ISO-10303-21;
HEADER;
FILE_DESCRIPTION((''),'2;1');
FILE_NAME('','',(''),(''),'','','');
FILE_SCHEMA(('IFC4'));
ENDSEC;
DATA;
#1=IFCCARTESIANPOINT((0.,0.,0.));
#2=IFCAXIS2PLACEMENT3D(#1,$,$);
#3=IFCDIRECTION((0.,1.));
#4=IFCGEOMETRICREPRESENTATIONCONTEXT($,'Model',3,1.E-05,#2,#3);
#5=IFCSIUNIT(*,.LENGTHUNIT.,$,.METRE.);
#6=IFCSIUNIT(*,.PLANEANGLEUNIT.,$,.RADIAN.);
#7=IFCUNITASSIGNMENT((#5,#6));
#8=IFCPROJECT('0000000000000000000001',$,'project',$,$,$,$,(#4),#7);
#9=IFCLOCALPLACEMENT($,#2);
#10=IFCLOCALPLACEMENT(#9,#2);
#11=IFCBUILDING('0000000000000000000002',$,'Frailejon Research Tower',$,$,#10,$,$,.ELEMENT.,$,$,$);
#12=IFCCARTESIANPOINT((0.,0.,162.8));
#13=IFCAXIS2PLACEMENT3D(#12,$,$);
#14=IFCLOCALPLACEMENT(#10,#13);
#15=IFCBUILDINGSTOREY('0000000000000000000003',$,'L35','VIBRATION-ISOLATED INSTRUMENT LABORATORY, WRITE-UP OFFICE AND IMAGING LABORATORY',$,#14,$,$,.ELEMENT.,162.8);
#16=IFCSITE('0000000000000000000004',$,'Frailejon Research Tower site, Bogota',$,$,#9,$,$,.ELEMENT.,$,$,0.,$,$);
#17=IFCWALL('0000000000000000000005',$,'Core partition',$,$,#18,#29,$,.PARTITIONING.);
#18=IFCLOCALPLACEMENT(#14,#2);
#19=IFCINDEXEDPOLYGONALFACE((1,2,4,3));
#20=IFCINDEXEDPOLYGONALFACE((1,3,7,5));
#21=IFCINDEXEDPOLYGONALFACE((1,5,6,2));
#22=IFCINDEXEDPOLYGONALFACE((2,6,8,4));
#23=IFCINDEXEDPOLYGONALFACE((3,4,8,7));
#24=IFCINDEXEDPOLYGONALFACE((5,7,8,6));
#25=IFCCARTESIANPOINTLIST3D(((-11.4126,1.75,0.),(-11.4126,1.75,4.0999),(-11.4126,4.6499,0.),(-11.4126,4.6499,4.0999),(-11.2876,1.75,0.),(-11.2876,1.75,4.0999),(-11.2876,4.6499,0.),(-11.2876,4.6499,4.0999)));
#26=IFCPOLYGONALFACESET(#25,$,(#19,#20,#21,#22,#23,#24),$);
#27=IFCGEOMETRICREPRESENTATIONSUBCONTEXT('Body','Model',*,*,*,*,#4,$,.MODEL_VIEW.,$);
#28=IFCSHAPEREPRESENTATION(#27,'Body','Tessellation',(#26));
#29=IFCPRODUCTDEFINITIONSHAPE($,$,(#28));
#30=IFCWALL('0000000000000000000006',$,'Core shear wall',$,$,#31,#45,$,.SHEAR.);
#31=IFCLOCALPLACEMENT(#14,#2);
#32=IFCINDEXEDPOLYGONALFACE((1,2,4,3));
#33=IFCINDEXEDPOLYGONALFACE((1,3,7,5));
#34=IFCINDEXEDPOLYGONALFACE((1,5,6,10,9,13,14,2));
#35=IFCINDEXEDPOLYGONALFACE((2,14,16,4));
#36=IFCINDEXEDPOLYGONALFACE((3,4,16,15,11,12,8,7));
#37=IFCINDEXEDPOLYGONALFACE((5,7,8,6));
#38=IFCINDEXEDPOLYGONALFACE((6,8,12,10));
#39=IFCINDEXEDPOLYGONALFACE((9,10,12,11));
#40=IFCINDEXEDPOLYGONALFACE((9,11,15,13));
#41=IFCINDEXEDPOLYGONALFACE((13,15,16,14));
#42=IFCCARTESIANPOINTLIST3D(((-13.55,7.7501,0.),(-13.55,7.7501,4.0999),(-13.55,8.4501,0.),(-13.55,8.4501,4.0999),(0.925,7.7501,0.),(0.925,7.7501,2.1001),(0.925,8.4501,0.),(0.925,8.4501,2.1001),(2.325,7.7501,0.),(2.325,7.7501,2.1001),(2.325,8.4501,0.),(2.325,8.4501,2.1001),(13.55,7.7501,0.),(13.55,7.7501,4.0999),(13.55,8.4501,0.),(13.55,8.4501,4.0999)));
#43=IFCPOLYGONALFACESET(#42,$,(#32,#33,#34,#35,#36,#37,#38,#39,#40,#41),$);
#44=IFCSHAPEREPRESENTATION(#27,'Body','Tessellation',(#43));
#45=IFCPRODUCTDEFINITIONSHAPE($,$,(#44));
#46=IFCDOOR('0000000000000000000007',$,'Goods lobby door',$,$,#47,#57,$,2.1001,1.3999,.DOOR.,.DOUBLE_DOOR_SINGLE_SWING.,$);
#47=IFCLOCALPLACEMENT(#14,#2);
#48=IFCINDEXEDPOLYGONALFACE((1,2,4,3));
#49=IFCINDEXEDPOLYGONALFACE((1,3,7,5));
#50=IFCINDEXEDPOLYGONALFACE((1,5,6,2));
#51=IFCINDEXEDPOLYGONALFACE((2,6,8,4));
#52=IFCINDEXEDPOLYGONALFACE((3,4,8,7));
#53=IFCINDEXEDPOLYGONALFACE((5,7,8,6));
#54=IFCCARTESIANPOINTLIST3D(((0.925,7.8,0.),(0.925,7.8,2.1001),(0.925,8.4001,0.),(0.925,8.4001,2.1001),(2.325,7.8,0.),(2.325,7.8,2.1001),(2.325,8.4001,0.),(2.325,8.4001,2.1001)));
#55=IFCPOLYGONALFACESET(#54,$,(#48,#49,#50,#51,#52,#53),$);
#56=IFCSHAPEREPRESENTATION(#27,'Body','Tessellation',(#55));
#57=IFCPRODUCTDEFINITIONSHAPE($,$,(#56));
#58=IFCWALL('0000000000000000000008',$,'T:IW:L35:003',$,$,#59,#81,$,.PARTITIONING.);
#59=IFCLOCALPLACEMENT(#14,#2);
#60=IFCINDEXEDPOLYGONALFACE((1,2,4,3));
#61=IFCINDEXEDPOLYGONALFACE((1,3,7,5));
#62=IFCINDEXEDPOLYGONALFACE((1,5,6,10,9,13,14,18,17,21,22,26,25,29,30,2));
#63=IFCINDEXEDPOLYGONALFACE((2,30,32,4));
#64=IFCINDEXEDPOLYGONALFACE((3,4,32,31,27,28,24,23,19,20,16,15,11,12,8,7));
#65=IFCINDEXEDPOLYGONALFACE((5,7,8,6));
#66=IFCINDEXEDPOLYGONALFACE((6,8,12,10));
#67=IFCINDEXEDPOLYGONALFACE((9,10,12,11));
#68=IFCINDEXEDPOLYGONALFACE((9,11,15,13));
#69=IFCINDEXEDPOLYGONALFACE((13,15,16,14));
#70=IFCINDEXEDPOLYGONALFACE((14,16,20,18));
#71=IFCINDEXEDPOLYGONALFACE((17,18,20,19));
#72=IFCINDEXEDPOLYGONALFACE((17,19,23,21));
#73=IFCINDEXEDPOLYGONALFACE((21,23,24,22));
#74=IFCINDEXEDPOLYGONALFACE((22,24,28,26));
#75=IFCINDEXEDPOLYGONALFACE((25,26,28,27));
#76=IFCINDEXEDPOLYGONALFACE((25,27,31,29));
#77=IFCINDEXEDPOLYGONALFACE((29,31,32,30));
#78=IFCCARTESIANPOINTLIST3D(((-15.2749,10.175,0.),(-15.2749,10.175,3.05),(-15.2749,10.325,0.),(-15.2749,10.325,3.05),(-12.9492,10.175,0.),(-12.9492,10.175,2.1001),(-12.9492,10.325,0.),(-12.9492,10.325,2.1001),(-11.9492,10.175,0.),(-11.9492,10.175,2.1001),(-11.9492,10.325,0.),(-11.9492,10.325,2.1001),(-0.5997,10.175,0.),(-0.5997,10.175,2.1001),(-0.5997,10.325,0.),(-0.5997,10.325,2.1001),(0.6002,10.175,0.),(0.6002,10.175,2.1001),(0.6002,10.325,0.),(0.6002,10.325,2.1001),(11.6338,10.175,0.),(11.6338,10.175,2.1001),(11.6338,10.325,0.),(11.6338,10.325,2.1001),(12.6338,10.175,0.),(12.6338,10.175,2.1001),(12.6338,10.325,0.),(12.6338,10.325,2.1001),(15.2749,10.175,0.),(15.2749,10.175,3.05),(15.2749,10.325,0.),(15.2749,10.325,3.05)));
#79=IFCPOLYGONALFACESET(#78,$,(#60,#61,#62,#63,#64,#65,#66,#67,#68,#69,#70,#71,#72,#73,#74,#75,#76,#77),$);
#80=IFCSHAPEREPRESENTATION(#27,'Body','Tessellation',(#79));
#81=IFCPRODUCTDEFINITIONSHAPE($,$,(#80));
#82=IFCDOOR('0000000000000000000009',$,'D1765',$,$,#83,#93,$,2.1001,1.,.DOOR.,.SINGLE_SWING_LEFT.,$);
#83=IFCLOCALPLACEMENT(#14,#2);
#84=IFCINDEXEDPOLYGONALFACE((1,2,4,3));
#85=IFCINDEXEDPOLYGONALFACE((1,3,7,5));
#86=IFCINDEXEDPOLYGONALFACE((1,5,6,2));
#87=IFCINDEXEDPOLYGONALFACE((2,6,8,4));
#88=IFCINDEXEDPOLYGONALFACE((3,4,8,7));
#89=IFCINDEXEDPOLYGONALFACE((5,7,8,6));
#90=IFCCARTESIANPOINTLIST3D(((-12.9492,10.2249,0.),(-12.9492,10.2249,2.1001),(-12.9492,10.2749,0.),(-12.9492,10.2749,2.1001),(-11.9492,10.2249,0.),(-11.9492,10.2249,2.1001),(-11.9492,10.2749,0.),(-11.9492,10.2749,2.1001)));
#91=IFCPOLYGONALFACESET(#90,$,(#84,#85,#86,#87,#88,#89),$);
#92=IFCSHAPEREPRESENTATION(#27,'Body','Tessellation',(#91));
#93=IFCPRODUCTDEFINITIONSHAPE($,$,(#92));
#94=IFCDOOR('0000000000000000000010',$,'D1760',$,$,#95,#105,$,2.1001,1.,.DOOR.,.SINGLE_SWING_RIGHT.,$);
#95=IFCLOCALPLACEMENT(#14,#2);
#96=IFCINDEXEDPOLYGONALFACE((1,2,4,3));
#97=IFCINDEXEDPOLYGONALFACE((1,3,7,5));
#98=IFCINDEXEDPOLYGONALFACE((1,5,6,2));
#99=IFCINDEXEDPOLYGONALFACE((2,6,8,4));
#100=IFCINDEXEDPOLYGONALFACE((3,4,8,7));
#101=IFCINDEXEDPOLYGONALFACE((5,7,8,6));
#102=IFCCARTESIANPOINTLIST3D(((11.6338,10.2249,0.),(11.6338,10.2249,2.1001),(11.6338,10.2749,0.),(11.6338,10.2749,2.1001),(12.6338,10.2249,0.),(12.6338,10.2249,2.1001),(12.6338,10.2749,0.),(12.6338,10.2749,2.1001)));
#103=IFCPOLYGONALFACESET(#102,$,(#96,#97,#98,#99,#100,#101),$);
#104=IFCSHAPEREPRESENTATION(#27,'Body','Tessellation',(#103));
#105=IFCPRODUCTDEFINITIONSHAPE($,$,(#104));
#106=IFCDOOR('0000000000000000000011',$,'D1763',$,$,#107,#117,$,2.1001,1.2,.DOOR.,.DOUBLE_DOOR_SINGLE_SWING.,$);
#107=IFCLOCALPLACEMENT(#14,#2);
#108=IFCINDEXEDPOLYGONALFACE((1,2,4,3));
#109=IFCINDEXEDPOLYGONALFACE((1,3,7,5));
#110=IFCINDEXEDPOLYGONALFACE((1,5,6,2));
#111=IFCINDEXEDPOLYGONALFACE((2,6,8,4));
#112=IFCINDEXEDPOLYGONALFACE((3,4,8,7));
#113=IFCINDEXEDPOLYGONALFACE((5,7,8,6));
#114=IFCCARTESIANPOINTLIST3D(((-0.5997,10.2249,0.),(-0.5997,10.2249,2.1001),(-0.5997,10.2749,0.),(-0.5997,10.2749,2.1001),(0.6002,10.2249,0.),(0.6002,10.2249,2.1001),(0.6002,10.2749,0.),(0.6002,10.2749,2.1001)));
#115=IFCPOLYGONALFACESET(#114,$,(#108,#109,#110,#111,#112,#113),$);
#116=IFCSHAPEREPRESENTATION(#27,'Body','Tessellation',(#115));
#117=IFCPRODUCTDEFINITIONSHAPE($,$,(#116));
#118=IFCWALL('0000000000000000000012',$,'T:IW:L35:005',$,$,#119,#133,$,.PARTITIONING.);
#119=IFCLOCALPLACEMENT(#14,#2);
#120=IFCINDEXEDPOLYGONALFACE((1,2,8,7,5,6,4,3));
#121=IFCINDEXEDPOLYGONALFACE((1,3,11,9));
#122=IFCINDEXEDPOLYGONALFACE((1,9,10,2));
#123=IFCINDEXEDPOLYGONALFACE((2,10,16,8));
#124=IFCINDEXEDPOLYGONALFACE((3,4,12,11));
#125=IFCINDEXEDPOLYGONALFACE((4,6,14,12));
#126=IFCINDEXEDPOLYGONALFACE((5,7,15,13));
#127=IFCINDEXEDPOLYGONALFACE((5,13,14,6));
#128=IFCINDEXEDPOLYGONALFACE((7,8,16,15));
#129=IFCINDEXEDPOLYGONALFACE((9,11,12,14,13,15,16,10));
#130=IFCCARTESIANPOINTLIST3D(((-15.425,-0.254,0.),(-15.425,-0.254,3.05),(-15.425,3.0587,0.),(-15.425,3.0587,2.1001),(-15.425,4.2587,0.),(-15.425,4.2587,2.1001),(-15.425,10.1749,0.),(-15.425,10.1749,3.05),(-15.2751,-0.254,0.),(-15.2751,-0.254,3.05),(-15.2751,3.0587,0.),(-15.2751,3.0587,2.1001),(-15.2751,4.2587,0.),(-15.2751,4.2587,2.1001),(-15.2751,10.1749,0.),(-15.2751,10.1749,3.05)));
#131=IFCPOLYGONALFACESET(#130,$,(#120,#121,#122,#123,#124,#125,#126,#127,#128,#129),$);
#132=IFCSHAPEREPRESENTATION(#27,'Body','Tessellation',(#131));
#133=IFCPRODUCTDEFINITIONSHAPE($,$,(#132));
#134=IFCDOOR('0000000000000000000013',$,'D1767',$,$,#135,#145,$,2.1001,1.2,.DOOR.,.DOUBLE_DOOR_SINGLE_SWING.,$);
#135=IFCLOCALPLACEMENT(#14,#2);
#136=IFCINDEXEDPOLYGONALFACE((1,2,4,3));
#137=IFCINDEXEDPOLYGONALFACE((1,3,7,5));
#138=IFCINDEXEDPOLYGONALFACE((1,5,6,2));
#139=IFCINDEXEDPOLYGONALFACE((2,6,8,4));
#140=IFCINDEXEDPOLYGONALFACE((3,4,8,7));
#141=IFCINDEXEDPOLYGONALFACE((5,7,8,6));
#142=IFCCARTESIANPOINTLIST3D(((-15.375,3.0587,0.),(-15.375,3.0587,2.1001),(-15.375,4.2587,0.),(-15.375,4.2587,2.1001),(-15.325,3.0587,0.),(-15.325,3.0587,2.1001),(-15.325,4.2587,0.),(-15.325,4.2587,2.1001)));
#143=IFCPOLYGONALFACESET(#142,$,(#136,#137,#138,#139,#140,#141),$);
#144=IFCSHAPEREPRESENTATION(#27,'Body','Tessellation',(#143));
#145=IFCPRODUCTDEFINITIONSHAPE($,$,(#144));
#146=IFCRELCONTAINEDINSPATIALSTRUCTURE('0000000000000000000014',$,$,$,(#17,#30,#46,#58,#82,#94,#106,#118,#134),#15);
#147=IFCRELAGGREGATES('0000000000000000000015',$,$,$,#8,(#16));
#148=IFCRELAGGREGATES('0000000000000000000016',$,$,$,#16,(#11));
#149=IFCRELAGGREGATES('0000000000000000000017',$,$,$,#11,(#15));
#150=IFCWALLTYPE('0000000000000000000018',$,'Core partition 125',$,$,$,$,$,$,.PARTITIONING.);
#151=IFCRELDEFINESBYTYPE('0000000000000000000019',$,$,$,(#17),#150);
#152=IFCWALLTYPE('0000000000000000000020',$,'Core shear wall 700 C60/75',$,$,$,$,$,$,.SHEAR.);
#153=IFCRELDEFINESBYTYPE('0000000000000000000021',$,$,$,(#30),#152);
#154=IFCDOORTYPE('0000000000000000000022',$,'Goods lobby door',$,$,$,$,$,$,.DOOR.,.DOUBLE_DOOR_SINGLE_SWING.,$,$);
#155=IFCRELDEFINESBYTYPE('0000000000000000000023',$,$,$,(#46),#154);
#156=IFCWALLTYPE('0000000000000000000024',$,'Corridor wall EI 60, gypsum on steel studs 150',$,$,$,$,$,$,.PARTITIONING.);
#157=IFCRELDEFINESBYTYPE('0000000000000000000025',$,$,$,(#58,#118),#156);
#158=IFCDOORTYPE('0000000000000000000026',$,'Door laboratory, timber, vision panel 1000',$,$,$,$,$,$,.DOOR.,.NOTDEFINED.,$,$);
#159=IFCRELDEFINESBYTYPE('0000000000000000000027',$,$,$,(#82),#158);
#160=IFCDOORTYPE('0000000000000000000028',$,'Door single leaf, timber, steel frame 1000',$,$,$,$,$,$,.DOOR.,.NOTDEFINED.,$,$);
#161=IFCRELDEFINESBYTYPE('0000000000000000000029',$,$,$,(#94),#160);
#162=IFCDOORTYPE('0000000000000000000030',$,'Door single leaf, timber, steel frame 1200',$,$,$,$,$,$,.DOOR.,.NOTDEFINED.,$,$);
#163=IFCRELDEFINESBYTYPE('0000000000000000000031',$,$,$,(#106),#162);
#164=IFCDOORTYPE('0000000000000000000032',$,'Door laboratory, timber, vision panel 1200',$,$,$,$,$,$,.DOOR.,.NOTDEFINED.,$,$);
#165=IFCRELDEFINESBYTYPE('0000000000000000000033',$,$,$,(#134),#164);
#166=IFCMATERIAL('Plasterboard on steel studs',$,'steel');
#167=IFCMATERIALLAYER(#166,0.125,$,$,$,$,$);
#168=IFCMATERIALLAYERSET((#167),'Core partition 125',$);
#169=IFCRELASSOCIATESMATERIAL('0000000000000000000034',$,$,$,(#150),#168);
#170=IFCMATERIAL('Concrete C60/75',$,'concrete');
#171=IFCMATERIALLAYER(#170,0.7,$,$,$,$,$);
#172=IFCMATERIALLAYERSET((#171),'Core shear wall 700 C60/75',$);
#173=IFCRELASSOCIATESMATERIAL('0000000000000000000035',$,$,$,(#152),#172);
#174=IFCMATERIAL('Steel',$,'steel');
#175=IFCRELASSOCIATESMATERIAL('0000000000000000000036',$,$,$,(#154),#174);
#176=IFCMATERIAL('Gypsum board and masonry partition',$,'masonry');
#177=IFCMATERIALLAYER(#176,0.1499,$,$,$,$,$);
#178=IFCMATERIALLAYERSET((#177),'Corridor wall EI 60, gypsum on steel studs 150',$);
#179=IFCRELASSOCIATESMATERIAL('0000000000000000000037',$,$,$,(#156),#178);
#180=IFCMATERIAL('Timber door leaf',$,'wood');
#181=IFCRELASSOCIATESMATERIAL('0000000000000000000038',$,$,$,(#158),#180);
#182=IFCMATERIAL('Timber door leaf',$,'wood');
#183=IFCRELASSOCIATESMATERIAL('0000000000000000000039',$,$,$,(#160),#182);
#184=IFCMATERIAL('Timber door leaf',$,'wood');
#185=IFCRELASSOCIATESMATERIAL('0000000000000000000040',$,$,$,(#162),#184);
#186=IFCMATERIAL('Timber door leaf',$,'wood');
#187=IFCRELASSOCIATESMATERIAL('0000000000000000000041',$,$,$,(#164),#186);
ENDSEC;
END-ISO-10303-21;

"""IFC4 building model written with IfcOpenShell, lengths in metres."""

from ifc_helpers import new_model, si_unit, direction, frame, frame_2d, origin, place, context, subcontext, project, spatial, rectangle, extrude, material, layer, layer_set, type_object, element, fill, save


model = new_model("IFC4")

# Units and contexts
model_context = context("Model", 3, precision=1e-05, world=origin(), true_north=direction((0.0, 1.0)))
body_context = subcontext(model_context, "Body", "Model", "MODEL_VIEW")
ifc_project = project(units=[si_unit("LENGTHUNIT", "METRE"), si_unit("PLANEANGLEUNIT", "RADIAN")], contexts=[model_context])

# Site, building, storey
site_placement = place(None, origin())
site = spatial("IfcSite", under=ifc_project, at=site_placement, Name="Frailejon Research Tower site, Bogota", CompositionType="ELEMENT", RefElevation=0.0)
building_placement = place(site_placement, origin())
building = spatial("IfcBuilding", under=site, at=building_placement, Name="Frailejon Research Tower", CompositionType="ELEMENT")
storey_placement = place(building_placement, frame((0.0, 0.0, 162.8)))
storey = spatial("IfcBuildingStorey", under=building, at=storey_placement, Name="L35", Description="VIBRATION-ISOLATED INSTRUMENT LABORATORY, WRITE-UP OFFICE AND IMAGING LABORATORY", CompositionType="ELEMENT", Elevation=162.8)

# Wall
ifc_material_1 = material(Name="Plasterboard on steel studs", Category="steel")
ifc_layer_1 = layer(ifc_material_1, 0.125)
ifc_layer_set_1 = layer_set([ifc_layer_1], Name="Core partition 125")
wall_type_1 = type_object("IfcWallType", Name="Core partition 125", PredefinedType="PARTITIONING", material=ifc_layer_set_1)
wall_1_placement = place(storey_placement, frame((-11.3501, 1.75, 0.0), z_axis=(0.0, 0.0, 1.0), x_axis=(0.0, 1.0, 0.0)))
element("IfcWall", 1, at=wall_1_placement, inside=storey, type_object=wall_type_1, Name="Core partition", PredefinedType="PARTITIONING", context=body_context, shape_type="SweptSolid", body=[
    extrude(rectangle(XDim=2.8999, YDim=0.125, at=frame_2d((1.45, 0.0))), origin(), (0.0, 0.0, 1.0), 4.0999),
])

# Wall, opening, door
ifc_material_2 = material(Name="Concrete C60/75", Category="concrete")
ifc_layer_2 = layer(ifc_material_2, 0.7)
ifc_layer_set_2 = layer_set([ifc_layer_2], Name="Core shear wall 700 C60/75")
wall_type_2 = type_object("IfcWallType", Name="Core shear wall 700 C60/75", PredefinedType="SHEAR", material=ifc_layer_set_2)
wall_2_placement = place(storey_placement, frame((-13.55, 8.1001, 0.0), z_axis=(0.0, 0.0, 1.0), x_axis=(1.0, 0.0, 0.0)))
wall_2 = element("IfcWall", 2, at=wall_2_placement, inside=storey, type_object=wall_type_2, Name="Core shear wall", PredefinedType="SHEAR", context=body_context, shape_type="SweptSolid", body=[
    extrude(rectangle(XDim=27.1001, YDim=0.7, at=frame_2d((13.55, 0.0))), origin(), (0.0, 0.0, 1.0), 4.0999),
])
opening_1_placement = place(wall_2_placement, frame((14.4751, 0.0, 0.0)))
opening_1 = element("IfcOpeningElement", 3, at=opening_1_placement, cuts=wall_2, PredefinedType="OPENING", context=body_context, shape_type="SweptSolid", body=[
    extrude(rectangle(XDim=1.3999, YDim=2.1001, at=frame_2d((0.7, 1.05))), frame((0.0, 0.3599, 0.0), z_axis=(0.0, -1.0, 0.0), x_axis=(1.0, 0.0, 0.0)), (0.0, 0.0, 1.0), 0.72),
])
ifc_material_3 = material(Name="Steel", Category="steel")
door_type_1 = type_object("IfcDoorType", Name="Goods lobby door", OperationType="DOUBLE_DOOR_SINGLE_SWING", PredefinedType="DOOR", material=ifc_material_3)
door_1_placement = place(opening_1_placement, origin())
door_1 = element("IfcDoor", 4, at=door_1_placement, inside=storey, type_object=door_type_1, Name="Goods lobby door", OperationType="DOUBLE_DOOR_SINGLE_SWING", OverallHeight=2.1001, OverallWidth=1.3999, PredefinedType="DOOR", context=body_context, shape_type="SweptSolid", body=[
    extrude(rectangle(XDim=1.3999, YDim=2.1001, at=frame_2d((0.7, 1.05))), frame((0.0, 0.3, 0.0), z_axis=(0.0, -1.0, 0.0), x_axis=(1.0, 0.0, 0.0)), (0.0, 0.0, 1.0), 0.6001),
])
fill(opening_1, door_1)

# Wall, openings, doors
ifc_material_4 = material(Name="Gypsum board and masonry partition", Category="masonry")
ifc_layer_3 = layer(ifc_material_4, 0.1499)
ifc_layer_set_3 = layer_set([ifc_layer_3], Name="Corridor wall EI 60, gypsum on steel studs 150")
wall_type_3 = type_object("IfcWallType", Name="Corridor wall EI 60, gypsum on steel studs 150", PredefinedType="PARTITIONING", material=ifc_layer_set_3)
wall_3_placement = place(storey_placement, frame((-15.2749, 10.25, 0.0), z_axis=(0.0, 0.0, 1.0), x_axis=(1.0, 0.0, 0.0)))
wall_3 = element("IfcWall", 5, at=wall_3_placement, inside=storey, type_object=wall_type_3, Name="T:IW:L35:003", PredefinedType="PARTITIONING", context=body_context, shape_type="SweptSolid", body=[
    extrude(rectangle(XDim=30.5498, YDim=0.1499, at=frame_2d((15.2749, 0.0))), origin(), (0.0, 0.0, 1.0), 3.05),
])
opening_2_placement = place(wall_3_placement, frame((26.9087, 0.0, 0.0)))
opening_2 = element("IfcOpeningElement", 6, at=opening_2_placement, cuts=wall_3, PredefinedType="OPENING", context=body_context, shape_type="SweptSolid", body=[
    extrude(rectangle(XDim=1.0, YDim=2.1001, at=frame_2d((0.5, 1.05))), frame((0.0, 0.085, 0.0), z_axis=(0.0, -1.0, 0.0), x_axis=(1.0, 0.0, 0.0)), (0.0, 0.0, 1.0), 0.1699),
])
opening_3_placement = place(wall_3_placement, frame((14.675, 0.0, 0.0)))
opening_3 = element("IfcOpeningElement", 7, at=opening_3_placement, cuts=wall_3, PredefinedType="OPENING", context=body_context, shape_type="SweptSolid", body=[
    extrude(rectangle(XDim=1.2, YDim=2.1001, at=frame_2d((0.6001, 1.05))), frame((0.0, 0.085, 0.0), z_axis=(0.0, -1.0, 0.0), x_axis=(1.0, 0.0, 0.0)), (0.0, 0.0, 1.0), 0.1699),
])
opening_4_placement = place(wall_3_placement, frame((2.3257, 0.0, 0.0)))
opening_4 = element("IfcOpeningElement", 8, at=opening_4_placement, cuts=wall_3, PredefinedType="OPENING", context=body_context, shape_type="SweptSolid", body=[
    extrude(rectangle(XDim=1.0, YDim=2.1001, at=frame_2d((0.5, 1.05))), frame((0.0, 0.085, 0.0), z_axis=(0.0, -1.0, 0.0), x_axis=(1.0, 0.0, 0.0)), (0.0, 0.0, 1.0), 0.1699),
])
ifc_material_5 = material(Name="Timber door leaf", Category="wood")
door_type_2 = type_object("IfcDoorType", Name="Door laboratory, timber, vision panel 1000", OperationType="NOTDEFINED", PredefinedType="DOOR", material=ifc_material_5)
door_2_placement = place(opening_4_placement, origin())
door_2 = element("IfcDoor", 9, at=door_2_placement, inside=storey, type_object=door_type_2, Name="D1765", OperationType="SINGLE_SWING_LEFT", OverallHeight=2.1001, OverallWidth=1.0, PredefinedType="DOOR", context=body_context, shape_type="SweptSolid", body=[
    extrude(rectangle(XDim=1.0, YDim=2.1001, at=frame_2d((0.5, 1.05))), frame((0.0, 0.0249, 0.0), z_axis=(0.0, -1.0, 0.0), x_axis=(1.0, 0.0, 0.0)), (0.0, 0.0, 1.0), 0.05),
])
fill(opening_4, door_2)
ifc_material_6 = material(Name="Timber door leaf", Category="wood")
door_type_3 = type_object("IfcDoorType", Name="Door single leaf, timber, steel frame 1000", OperationType="NOTDEFINED", PredefinedType="DOOR", material=ifc_material_6)
door_3_placement = place(opening_2_placement, origin())
door_3 = element("IfcDoor", 10, at=door_3_placement, inside=storey, type_object=door_type_3, Name="D1760", OperationType="SINGLE_SWING_RIGHT", OverallHeight=2.1001, OverallWidth=1.0, PredefinedType="DOOR", context=body_context, shape_type="SweptSolid", body=[
    extrude(rectangle(XDim=1.0, YDim=2.1001, at=frame_2d((0.5, 1.05))), frame((0.0, 0.0249, 0.0), z_axis=(0.0, -1.0, 0.0), x_axis=(1.0, 0.0, 0.0)), (0.0, 0.0, 1.0), 0.05),
])
fill(opening_2, door_3)
ifc_material_7 = material(Name="Timber door leaf", Category="wood")
door_type_4 = type_object("IfcDoorType", Name="Door single leaf, timber, steel frame 1200", OperationType="NOTDEFINED", PredefinedType="DOOR", material=ifc_material_7)
door_4_placement = place(opening_3_placement, origin())
door_4 = element("IfcDoor", 11, at=door_4_placement, inside=storey, type_object=door_type_4, Name="D1763", OperationType="DOUBLE_DOOR_SINGLE_SWING", OverallHeight=2.1001, OverallWidth=1.2, PredefinedType="DOOR", context=body_context, shape_type="SweptSolid", body=[
    extrude(rectangle(XDim=1.2, YDim=2.1001, at=frame_2d((0.6001, 1.05))), frame((0.0, 0.0249, 0.0), z_axis=(0.0, -1.0, 0.0), x_axis=(1.0, 0.0, 0.0)), (0.0, 0.0, 1.0), 0.05),
])
fill(opening_3, door_4)

# Wall, opening, door
wall_4_placement = place(storey_placement, frame((-15.3501, -0.2539, 0.0), z_axis=(0.0, 0.0, 1.0), x_axis=(0.0, 1.0, 0.0)))
wall_4 = element("IfcWall", 12, at=wall_4_placement, inside=storey, type_object=wall_type_3, Name="T:IW:L35:005", PredefinedType="PARTITIONING", context=body_context, shape_type="SweptSolid", body=[
    extrude(rectangle(XDim=10.429, YDim=0.1499, at=frame_2d((5.2144, 0.0))), origin(), (0.0, 0.0, 1.0), 3.05),
])
opening_5_placement = place(wall_4_placement, frame((3.3125, 0.0, 0.0)))
opening_5 = element("IfcOpeningElement", 13, at=opening_5_placement, cuts=wall_4, PredefinedType="OPENING", context=body_context, shape_type="SweptSolid", body=[
    extrude(rectangle(XDim=1.2, YDim=2.1001, at=frame_2d((0.6001, 1.05))), frame((0.0, 0.085, 0.0), z_axis=(0.0, -1.0, 0.0), x_axis=(1.0, 0.0, 0.0)), (0.0, 0.0, 1.0), 0.1699),
])
ifc_material_8 = material(Name="Timber door leaf", Category="wood")
door_type_5 = type_object("IfcDoorType", Name="Door laboratory, timber, vision panel 1200", OperationType="NOTDEFINED", PredefinedType="DOOR", material=ifc_material_8)
door_5_placement = place(opening_5_placement, origin())
door_5 = element("IfcDoor", 14, at=door_5_placement, inside=storey, type_object=door_type_5, Name="D1767", OperationType="DOUBLE_DOOR_SINGLE_SWING", OverallHeight=2.1001, OverallWidth=1.2, PredefinedType="DOOR", context=body_context, shape_type="SweptSolid", body=[
    extrude(rectangle(XDim=1.2, YDim=2.1001, at=frame_2d((0.6001, 1.05))), frame((0.0, 0.0249, 0.0), z_axis=(0.0, -1.0, 0.0), x_axis=(1.0, 0.0, 0.0)), (0.0, 0.0, 1.0), 0.05),
])
fill(opening_5, door_5)

save(model, "model.ifc")
